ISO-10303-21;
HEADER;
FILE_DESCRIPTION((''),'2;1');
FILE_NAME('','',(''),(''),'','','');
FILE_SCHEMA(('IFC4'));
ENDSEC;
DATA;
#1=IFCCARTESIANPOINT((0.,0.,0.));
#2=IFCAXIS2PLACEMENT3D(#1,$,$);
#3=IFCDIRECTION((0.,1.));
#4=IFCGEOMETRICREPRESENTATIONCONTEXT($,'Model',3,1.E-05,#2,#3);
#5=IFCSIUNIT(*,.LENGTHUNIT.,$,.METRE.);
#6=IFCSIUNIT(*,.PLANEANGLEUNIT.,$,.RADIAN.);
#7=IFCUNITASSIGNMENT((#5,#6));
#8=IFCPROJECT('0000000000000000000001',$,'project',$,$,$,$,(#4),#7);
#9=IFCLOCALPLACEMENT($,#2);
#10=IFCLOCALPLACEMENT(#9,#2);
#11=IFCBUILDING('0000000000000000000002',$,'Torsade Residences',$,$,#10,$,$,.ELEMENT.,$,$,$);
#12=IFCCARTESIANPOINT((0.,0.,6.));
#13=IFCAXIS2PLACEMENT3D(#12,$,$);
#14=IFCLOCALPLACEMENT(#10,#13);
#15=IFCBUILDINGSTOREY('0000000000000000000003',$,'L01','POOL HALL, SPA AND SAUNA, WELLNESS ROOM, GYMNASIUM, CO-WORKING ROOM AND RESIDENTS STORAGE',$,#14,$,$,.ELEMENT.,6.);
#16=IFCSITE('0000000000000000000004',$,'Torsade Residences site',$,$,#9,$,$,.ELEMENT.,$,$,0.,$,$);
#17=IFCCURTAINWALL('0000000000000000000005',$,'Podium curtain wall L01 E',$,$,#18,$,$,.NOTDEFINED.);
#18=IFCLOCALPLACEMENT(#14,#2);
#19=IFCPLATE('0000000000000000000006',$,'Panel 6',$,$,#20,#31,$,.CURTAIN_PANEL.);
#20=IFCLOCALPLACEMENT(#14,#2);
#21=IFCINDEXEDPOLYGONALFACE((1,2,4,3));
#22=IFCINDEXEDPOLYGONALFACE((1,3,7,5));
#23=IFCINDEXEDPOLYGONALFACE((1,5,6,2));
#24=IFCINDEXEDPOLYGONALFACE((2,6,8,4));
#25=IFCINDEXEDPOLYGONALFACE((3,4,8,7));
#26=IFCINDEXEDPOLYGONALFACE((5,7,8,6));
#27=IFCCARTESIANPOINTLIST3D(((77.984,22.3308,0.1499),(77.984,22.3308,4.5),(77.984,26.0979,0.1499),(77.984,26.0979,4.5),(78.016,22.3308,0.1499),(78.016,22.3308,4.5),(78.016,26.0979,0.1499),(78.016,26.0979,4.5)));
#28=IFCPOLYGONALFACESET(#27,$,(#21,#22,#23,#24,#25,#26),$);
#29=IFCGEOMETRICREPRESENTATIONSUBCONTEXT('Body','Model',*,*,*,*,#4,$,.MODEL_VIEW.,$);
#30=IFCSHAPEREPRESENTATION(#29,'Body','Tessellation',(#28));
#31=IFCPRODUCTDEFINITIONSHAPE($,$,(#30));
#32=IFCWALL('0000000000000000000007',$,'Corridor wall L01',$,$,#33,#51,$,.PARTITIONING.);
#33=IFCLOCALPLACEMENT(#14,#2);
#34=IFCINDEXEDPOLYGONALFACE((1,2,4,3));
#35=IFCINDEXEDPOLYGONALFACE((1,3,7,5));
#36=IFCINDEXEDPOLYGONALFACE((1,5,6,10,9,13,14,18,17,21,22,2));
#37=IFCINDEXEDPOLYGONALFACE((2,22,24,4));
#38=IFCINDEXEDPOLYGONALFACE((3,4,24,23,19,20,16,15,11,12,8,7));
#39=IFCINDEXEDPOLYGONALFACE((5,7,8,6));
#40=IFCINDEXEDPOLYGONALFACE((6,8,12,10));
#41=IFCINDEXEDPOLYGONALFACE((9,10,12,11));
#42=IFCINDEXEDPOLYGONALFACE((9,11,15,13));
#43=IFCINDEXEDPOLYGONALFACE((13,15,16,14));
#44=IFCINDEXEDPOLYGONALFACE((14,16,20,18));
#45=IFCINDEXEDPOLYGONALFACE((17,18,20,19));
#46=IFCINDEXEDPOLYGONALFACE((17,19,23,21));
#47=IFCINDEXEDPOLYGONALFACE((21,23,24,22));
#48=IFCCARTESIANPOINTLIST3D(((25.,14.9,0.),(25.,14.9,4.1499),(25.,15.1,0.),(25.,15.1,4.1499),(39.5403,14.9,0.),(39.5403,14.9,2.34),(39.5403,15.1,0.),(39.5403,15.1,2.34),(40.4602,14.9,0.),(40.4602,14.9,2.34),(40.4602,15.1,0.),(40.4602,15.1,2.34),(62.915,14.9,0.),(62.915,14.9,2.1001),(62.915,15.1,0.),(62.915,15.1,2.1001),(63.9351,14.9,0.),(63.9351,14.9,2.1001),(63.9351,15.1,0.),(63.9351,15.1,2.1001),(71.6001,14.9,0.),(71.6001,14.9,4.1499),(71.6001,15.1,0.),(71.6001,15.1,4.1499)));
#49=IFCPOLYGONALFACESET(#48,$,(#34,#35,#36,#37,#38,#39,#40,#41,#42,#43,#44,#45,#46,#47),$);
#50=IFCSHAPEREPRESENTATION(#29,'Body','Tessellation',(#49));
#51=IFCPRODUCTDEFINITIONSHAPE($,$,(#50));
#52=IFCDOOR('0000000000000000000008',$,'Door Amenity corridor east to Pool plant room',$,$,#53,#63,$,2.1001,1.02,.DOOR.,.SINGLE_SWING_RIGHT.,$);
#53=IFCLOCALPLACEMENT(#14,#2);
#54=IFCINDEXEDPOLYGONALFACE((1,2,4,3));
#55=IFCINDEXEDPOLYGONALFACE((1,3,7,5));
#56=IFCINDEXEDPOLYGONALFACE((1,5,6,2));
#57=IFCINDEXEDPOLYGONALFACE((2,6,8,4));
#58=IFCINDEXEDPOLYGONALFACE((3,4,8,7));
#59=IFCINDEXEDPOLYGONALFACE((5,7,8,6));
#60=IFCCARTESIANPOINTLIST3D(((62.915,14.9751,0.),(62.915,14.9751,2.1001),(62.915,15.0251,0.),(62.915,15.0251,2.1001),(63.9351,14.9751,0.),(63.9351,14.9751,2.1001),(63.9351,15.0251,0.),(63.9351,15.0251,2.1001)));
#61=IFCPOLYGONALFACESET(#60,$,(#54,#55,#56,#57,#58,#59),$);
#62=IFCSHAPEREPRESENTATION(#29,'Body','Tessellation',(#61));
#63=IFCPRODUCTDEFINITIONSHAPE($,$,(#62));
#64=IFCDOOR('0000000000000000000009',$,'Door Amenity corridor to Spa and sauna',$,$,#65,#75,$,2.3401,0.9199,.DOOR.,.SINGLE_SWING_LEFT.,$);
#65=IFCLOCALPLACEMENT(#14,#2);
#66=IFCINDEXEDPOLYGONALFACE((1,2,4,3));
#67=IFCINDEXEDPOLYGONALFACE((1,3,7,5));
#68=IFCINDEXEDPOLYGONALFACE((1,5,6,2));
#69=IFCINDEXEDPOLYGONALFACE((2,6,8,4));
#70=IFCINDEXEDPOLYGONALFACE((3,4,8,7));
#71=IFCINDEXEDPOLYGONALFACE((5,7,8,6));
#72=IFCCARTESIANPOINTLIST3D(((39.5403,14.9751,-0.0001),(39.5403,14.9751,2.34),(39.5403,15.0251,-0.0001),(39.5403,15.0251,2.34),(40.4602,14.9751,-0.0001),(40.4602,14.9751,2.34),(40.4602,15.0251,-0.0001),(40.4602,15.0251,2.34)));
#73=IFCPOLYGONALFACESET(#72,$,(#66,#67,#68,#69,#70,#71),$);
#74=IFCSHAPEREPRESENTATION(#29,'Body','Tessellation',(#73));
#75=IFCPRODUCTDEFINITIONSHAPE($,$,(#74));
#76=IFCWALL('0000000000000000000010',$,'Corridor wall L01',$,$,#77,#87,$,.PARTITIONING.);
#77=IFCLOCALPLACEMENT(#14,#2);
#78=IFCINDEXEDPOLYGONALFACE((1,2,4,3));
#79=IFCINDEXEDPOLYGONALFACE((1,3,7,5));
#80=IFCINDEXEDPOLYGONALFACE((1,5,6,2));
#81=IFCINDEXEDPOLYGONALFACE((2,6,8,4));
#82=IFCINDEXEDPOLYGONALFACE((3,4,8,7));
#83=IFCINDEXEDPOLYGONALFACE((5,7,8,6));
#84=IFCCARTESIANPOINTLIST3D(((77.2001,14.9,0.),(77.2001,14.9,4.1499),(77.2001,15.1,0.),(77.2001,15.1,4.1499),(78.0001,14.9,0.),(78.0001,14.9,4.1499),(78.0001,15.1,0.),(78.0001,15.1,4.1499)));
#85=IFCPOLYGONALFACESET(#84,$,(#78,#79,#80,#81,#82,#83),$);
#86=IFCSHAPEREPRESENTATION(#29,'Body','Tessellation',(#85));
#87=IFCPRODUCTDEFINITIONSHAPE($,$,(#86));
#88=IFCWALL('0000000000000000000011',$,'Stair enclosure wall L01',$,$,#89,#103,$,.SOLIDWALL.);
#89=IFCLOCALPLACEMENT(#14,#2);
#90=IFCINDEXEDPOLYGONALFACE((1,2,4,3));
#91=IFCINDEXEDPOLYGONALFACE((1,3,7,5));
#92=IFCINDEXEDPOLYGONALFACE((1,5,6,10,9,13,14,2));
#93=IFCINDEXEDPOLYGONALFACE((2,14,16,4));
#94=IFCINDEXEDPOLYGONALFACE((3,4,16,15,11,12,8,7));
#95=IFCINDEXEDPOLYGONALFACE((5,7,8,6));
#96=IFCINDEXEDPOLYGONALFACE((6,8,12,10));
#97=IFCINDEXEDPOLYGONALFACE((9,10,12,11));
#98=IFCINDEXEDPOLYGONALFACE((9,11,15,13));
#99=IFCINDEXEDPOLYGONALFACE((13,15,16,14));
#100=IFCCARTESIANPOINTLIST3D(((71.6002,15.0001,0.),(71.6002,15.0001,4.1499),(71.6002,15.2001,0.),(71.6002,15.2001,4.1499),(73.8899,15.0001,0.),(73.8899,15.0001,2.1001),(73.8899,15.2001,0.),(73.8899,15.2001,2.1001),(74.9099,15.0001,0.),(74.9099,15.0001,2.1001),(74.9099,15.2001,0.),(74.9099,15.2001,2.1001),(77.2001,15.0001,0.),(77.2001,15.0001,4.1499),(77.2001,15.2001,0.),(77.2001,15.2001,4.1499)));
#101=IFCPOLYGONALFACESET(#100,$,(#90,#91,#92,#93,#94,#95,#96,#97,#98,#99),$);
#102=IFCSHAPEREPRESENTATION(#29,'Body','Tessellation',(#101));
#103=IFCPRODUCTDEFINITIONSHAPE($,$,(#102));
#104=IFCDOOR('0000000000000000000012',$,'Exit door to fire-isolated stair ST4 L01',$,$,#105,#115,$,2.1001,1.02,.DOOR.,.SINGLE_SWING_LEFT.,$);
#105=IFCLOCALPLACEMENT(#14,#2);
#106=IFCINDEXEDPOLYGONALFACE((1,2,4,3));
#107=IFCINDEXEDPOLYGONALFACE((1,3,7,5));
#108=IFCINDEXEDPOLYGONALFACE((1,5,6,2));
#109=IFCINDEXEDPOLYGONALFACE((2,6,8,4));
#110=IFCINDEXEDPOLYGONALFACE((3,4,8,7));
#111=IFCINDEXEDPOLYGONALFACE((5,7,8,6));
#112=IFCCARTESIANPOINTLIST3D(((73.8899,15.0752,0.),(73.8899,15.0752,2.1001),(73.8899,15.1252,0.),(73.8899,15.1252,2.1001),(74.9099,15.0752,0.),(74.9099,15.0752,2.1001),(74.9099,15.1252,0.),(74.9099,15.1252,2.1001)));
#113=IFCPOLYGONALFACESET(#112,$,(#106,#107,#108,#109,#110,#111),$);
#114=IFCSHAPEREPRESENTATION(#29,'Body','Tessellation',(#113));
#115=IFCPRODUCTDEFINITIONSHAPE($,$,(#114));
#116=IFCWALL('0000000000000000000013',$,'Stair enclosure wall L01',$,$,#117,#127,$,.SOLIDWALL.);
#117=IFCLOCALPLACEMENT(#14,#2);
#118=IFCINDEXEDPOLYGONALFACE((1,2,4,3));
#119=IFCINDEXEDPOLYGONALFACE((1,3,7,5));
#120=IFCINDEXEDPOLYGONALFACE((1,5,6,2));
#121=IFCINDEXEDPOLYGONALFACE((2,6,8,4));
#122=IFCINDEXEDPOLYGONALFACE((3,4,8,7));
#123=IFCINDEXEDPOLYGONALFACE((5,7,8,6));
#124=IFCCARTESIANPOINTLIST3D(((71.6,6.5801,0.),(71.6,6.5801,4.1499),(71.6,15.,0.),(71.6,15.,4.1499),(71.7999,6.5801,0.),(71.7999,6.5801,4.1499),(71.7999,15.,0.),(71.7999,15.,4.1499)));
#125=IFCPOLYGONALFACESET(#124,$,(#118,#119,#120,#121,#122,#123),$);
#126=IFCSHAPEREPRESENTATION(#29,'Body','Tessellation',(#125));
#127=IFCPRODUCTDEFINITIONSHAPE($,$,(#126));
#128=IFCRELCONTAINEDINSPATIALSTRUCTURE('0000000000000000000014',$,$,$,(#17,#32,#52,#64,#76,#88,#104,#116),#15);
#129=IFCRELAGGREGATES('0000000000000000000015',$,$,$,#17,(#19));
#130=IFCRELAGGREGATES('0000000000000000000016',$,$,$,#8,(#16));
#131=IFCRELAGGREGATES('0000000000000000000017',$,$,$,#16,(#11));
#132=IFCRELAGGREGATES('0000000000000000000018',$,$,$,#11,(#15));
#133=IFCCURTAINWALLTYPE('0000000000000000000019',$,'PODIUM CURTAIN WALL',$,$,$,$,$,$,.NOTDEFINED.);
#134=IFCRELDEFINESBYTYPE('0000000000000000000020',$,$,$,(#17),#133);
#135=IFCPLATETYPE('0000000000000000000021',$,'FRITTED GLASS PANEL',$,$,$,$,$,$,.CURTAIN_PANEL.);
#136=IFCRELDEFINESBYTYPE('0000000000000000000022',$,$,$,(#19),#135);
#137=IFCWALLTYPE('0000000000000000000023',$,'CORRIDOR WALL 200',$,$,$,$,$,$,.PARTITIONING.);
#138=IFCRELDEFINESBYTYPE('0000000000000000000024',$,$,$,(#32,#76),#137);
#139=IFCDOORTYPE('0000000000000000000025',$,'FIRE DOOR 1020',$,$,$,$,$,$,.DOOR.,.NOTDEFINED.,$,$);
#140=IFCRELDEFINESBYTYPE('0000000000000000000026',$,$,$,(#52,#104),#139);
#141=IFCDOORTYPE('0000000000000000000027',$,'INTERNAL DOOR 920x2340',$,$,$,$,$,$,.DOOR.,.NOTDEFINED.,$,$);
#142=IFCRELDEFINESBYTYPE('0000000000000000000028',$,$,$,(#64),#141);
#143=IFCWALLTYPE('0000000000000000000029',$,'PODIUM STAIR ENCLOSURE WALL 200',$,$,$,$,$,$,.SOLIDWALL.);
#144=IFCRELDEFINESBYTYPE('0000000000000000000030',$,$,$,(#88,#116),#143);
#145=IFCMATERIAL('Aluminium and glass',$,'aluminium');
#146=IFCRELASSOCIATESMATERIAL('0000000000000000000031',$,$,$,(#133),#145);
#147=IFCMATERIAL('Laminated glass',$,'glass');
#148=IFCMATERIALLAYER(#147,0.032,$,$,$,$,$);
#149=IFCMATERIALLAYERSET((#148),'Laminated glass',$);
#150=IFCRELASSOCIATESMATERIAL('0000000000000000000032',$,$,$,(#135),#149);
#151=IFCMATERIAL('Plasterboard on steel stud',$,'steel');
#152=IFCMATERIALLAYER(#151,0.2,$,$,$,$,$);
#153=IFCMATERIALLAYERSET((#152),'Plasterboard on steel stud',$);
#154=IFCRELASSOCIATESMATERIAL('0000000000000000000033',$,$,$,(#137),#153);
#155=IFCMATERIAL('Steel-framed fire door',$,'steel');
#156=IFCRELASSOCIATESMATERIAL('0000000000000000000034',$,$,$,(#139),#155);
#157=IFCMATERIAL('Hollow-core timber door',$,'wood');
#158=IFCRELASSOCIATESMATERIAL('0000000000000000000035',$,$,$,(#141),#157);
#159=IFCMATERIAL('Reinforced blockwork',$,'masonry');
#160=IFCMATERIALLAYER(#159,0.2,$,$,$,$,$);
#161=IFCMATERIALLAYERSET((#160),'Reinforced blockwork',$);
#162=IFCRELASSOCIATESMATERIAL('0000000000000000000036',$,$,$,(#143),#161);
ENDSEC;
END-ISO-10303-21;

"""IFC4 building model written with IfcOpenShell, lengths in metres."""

from ifc_helpers import new_model, si_unit, direction, frame, frame_2d, origin, origin_2d, place, context, subcontext, project, spatial, rectangle, extrude, material, layer, layer_set, type_object, element, fill, aggregate, save


model = new_model("IFC4")

# Units and contexts
model_context = context("Model", 3, precision=1e-05, world=origin(), true_north=direction((0.0, 1.0)))
body_context = subcontext(model_context, "Body", "Model", "MODEL_VIEW")
ifc_project = project(units=[si_unit("LENGTHUNIT", "METRE"), si_unit("PLANEANGLEUNIT", "RADIAN")], contexts=[model_context])

# Site, building, storey
site_placement = place(None, origin())
site = spatial("IfcSite", under=ifc_project, at=site_placement, Name="Torsade Residences site", CompositionType="ELEMENT", RefElevation=0.0)
building_placement = place(site_placement, origin())
building = spatial("IfcBuilding", under=site, at=building_placement, Name="Torsade Residences", CompositionType="ELEMENT")
storey_placement = place(building_placement, frame((0.0, 0.0, 6.0)))
storey = spatial("IfcBuildingStorey", under=building, at=storey_placement, Name="L01", Description="POOL HALL, SPA AND SAUNA, WELLNESS ROOM, GYMNASIUM, CO-WORKING ROOM AND RESIDENTS STORAGE", CompositionType="ELEMENT", Elevation=6.0)

# Curtain wall, plate
ifc_material_1 = material(Name="Aluminium and glass", Category="aluminium")
curtain_wall_type = type_object("IfcCurtainWallType", Name="PODIUM CURTAIN WALL", PredefinedType="NOTDEFINED", material=ifc_material_1)
curtain_wall_placement = place(storey_placement, origin())
curtain_wall = element("IfcCurtainWall", 1, at=curtain_wall_placement, inside=storey, type_object=curtain_wall_type, Name="Podium curtain wall L01 E", PredefinedType="NOTDEFINED")
ifc_material_2 = material(Name="Laminated glass", Category="glass")
ifc_layer_1 = layer(ifc_material_2, 0.032)
ifc_layer_set_1 = layer_set([ifc_layer_1], Name="Laminated glass")
plate_type = type_object("IfcPlateType", Name="FRITTED GLASS PANEL", PredefinedType="CURTAIN_PANEL", material=ifc_layer_set_1)
plate_1_placement = place(storey_placement, frame((78.0, 24.2144, 0.1499), z_axis=(0.0, 0.0, 1.0), x_axis=(0.0, 1.0, 0.0)))
plate_1 = element("IfcPlate", 2, at=plate_1_placement, type_object=plate_type, Name="Panel 6", PredefinedType="CURTAIN_PANEL", context=body_context, shape_type="SweptSolid", body=[
    extrude(rectangle(XDim=3.7671, YDim=0.032, at=origin_2d()), origin(), (0.0, 0.0, 1.0), 4.3501),
])
aggregate(curtain_wall, [plate_1])

# Wall, openings, doors
ifc_material_3 = material(Name="Plasterboard on steel stud", Category="steel")
ifc_layer_2 = layer(ifc_material_3, 0.2)
ifc_layer_set_2 = layer_set([ifc_layer_2], Name="Plasterboard on steel stud")
wall_type_1 = type_object("IfcWallType", Name="CORRIDOR WALL 200", PredefinedType="PARTITIONING", material=ifc_layer_set_2)
wall_1_placement = place(storey_placement, frame((71.6001, 15.0, 0.0), z_axis=(0.0, 0.0, 1.0), x_axis=(-1.0, 0.0, 0.0)))
wall_1 = element("IfcWall", 3, at=wall_1_placement, inside=storey, type_object=wall_type_1, Name="Corridor wall L01", PredefinedType="PARTITIONING", context=body_context, shape_type="SweptSolid", body=[
    extrude(rectangle(XDim=46.6001, YDim=0.2, at=frame_2d((23.3, 0.0))), origin(), (0.0, 0.0, 1.0), 4.1499),
])
opening_1_placement = place(wall_1_placement, frame((31.1399, 0.0, 0.0)))
opening_1 = element("IfcOpeningElement", 4, at=opening_1_placement, cuts=wall_1, PredefinedType="OPENING", context=body_context, shape_type="SweptSolid", body=[
    extrude(rectangle(XDim=0.9199, YDim=2.3401, at=frame_2d((0.46, 1.1699))), frame((0.0, 0.1099, 0.0), z_axis=(0.0, -1.0, 0.0), x_axis=(1.0, 0.0, 0.0)), (0.0, 0.0, 1.0), 0.22),
])
opening_2_placement = place(wall_1_placement, frame((7.665, 0.0, 0.0)))
opening_2 = element("IfcOpeningElement", 5, at=opening_2_placement, cuts=wall_1, PredefinedType="OPENING", context=body_context, shape_type="SweptSolid", body=[
    extrude(rectangle(XDim=1.02, YDim=2.1001, at=frame_2d((0.51, 1.05))), frame((0.0, 0.1099, 0.0), z_axis=(0.0, -1.0, 0.0), x_axis=(1.0, 0.0, 0.0)), (0.0, 0.0, 1.0), 0.22),
])
ifc_material_4 = material(Name="Steel-framed fire door", Category="steel")
door_type_1 = type_object("IfcDoorType", Name="FIRE DOOR 1020", OperationType="NOTDEFINED", PredefinedType="DOOR", material=ifc_material_4)
door_1_placement = place(opening_2_placement, origin())
door_1 = element("IfcDoor", 6, at=door_1_placement, inside=storey, type_object=door_type_1, Name="Door Amenity corridor east to Pool plant room", OperationType="SINGLE_SWING_RIGHT", OverallHeight=2.1001, OverallWidth=1.02, PredefinedType="DOOR", context=body_context, shape_type="SweptSolid", body=[
    extrude(rectangle(XDim=1.02, YDim=2.1001, at=frame_2d((0.51, 1.05))), frame((0.0, 0.0249, 0.0), z_axis=(0.0, -1.0, 0.0), x_axis=(1.0, 0.0, 0.0)), (0.0, 0.0, 1.0), 0.05),
])
fill(opening_2, door_1)
ifc_material_5 = material(Name="Hollow-core timber door", Category="wood")
door_type_2 = type_object("IfcDoorType", Name="INTERNAL DOOR 920x2340", OperationType="NOTDEFINED", PredefinedType="DOOR", material=ifc_material_5)
door_2_placement = place(opening_1_placement, origin())
door_2 = element("IfcDoor", 7, at=door_2_placement, inside=storey, type_object=door_type_2, Name="Door Amenity corridor to Spa and sauna", OperationType="SINGLE_SWING_LEFT", OverallHeight=2.3401, OverallWidth=0.9199, PredefinedType="DOOR", context=body_context, shape_type="SweptSolid", body=[
    extrude(rectangle(XDim=0.9199, YDim=2.3401, at=frame_2d((0.46, 1.1699))), frame((0.0, 0.0249, 0.0), z_axis=(0.0, -1.0, 0.0), x_axis=(1.0, 0.0, 0.0)), (0.0, 0.0, 1.0), 0.05),
])
fill(opening_1, door_2)

# Wall
wall_2_placement = place(storey_placement, frame((78.0, 15.0, 0.0), z_axis=(0.0, 0.0, 1.0), x_axis=(-1.0, 0.0, 0.0)))
element("IfcWall", 8, at=wall_2_placement, inside=storey, type_object=wall_type_1, Name="Corridor wall L01", PredefinedType="PARTITIONING", context=body_context, shape_type="SweptSolid", body=[
    extrude(rectangle(XDim=0.8, YDim=0.2, at=frame_2d((0.3999, 0.0))), origin(), (0.0, 0.0, 1.0), 4.1499),
])

# Wall, opening, door
ifc_material_6 = material(Name="Reinforced blockwork", Category="masonry")
ifc_layer_3 = layer(ifc_material_6, 0.2)
ifc_layer_set_3 = layer_set([ifc_layer_3], Name="Reinforced blockwork")
wall_type_2 = type_object("IfcWallType", Name="PODIUM STAIR ENCLOSURE WALL 200", PredefinedType="SOLIDWALL", material=ifc_layer_set_3)
wall_3_placement = place(storey_placement, frame((77.2, 15.1001, 0.0), z_axis=(0.0, 0.0, 1.0), x_axis=(-1.0, 0.0, 0.0)))
wall_3 = element("IfcWall", 9, at=wall_3_placement, inside=storey, type_object=wall_type_2, Name="Stair enclosure wall L01", PredefinedType="SOLIDWALL", context=body_context, shape_type="SweptSolid", body=[
    extrude(rectangle(XDim=5.5999, YDim=0.2, at=frame_2d((2.7998, 0.0))), origin(), (0.0, 0.0, 1.0), 4.1499),
])
opening_3_placement = place(wall_3_placement, frame((2.29, 0.0, 0.0)))
opening_3 = element("IfcOpeningElement", 10, at=opening_3_placement, cuts=wall_3, PredefinedType="OPENING", context=body_context, shape_type="SweptSolid", body=[
    extrude(rectangle(XDim=1.02, YDim=2.1001, at=frame_2d((0.51, 1.05))), frame((0.0, 0.1099, 0.0), z_axis=(0.0, -1.0, 0.0), x_axis=(1.0, 0.0, 0.0)), (0.0, 0.0, 1.0), 0.22),
])
door_3_placement = place(opening_3_placement, origin())
door_3 = element("IfcDoor", 11, at=door_3_placement, inside=storey, type_object=door_type_1, Name="Exit door to fire-isolated stair ST4 L01", OperationType="SINGLE_SWING_LEFT", OverallHeight=2.1001, OverallWidth=1.02, PredefinedType="DOOR", context=body_context, shape_type="SweptSolid", body=[
    extrude(rectangle(XDim=1.02, YDim=2.1001, at=frame_2d((0.51, 1.05))), frame((0.0, 0.0249, 0.0), z_axis=(0.0, -1.0, 0.0), x_axis=(1.0, 0.0, 0.0)), (0.0, 0.0, 1.0), 0.05),
])
fill(opening_3, door_3)

# Wall
wall_4_placement = place(storey_placement, frame((71.7, 15.0, 0.0), z_axis=(0.0, 0.0, 1.0), x_axis=(0.0, -1.0, 0.0)))
element("IfcWall", 12, at=wall_4_placement, inside=storey, type_object=wall_type_2, Name="Stair enclosure wall L01", PredefinedType="SOLIDWALL", context=body_context, shape_type="SweptSolid", body=[
    extrude(rectangle(XDim=8.4199, YDim=0.2, at=frame_2d((4.21, 0.0))), origin(), (0.0, 0.0, 1.0), 4.1499),
])

save(model, "model.ifc")
